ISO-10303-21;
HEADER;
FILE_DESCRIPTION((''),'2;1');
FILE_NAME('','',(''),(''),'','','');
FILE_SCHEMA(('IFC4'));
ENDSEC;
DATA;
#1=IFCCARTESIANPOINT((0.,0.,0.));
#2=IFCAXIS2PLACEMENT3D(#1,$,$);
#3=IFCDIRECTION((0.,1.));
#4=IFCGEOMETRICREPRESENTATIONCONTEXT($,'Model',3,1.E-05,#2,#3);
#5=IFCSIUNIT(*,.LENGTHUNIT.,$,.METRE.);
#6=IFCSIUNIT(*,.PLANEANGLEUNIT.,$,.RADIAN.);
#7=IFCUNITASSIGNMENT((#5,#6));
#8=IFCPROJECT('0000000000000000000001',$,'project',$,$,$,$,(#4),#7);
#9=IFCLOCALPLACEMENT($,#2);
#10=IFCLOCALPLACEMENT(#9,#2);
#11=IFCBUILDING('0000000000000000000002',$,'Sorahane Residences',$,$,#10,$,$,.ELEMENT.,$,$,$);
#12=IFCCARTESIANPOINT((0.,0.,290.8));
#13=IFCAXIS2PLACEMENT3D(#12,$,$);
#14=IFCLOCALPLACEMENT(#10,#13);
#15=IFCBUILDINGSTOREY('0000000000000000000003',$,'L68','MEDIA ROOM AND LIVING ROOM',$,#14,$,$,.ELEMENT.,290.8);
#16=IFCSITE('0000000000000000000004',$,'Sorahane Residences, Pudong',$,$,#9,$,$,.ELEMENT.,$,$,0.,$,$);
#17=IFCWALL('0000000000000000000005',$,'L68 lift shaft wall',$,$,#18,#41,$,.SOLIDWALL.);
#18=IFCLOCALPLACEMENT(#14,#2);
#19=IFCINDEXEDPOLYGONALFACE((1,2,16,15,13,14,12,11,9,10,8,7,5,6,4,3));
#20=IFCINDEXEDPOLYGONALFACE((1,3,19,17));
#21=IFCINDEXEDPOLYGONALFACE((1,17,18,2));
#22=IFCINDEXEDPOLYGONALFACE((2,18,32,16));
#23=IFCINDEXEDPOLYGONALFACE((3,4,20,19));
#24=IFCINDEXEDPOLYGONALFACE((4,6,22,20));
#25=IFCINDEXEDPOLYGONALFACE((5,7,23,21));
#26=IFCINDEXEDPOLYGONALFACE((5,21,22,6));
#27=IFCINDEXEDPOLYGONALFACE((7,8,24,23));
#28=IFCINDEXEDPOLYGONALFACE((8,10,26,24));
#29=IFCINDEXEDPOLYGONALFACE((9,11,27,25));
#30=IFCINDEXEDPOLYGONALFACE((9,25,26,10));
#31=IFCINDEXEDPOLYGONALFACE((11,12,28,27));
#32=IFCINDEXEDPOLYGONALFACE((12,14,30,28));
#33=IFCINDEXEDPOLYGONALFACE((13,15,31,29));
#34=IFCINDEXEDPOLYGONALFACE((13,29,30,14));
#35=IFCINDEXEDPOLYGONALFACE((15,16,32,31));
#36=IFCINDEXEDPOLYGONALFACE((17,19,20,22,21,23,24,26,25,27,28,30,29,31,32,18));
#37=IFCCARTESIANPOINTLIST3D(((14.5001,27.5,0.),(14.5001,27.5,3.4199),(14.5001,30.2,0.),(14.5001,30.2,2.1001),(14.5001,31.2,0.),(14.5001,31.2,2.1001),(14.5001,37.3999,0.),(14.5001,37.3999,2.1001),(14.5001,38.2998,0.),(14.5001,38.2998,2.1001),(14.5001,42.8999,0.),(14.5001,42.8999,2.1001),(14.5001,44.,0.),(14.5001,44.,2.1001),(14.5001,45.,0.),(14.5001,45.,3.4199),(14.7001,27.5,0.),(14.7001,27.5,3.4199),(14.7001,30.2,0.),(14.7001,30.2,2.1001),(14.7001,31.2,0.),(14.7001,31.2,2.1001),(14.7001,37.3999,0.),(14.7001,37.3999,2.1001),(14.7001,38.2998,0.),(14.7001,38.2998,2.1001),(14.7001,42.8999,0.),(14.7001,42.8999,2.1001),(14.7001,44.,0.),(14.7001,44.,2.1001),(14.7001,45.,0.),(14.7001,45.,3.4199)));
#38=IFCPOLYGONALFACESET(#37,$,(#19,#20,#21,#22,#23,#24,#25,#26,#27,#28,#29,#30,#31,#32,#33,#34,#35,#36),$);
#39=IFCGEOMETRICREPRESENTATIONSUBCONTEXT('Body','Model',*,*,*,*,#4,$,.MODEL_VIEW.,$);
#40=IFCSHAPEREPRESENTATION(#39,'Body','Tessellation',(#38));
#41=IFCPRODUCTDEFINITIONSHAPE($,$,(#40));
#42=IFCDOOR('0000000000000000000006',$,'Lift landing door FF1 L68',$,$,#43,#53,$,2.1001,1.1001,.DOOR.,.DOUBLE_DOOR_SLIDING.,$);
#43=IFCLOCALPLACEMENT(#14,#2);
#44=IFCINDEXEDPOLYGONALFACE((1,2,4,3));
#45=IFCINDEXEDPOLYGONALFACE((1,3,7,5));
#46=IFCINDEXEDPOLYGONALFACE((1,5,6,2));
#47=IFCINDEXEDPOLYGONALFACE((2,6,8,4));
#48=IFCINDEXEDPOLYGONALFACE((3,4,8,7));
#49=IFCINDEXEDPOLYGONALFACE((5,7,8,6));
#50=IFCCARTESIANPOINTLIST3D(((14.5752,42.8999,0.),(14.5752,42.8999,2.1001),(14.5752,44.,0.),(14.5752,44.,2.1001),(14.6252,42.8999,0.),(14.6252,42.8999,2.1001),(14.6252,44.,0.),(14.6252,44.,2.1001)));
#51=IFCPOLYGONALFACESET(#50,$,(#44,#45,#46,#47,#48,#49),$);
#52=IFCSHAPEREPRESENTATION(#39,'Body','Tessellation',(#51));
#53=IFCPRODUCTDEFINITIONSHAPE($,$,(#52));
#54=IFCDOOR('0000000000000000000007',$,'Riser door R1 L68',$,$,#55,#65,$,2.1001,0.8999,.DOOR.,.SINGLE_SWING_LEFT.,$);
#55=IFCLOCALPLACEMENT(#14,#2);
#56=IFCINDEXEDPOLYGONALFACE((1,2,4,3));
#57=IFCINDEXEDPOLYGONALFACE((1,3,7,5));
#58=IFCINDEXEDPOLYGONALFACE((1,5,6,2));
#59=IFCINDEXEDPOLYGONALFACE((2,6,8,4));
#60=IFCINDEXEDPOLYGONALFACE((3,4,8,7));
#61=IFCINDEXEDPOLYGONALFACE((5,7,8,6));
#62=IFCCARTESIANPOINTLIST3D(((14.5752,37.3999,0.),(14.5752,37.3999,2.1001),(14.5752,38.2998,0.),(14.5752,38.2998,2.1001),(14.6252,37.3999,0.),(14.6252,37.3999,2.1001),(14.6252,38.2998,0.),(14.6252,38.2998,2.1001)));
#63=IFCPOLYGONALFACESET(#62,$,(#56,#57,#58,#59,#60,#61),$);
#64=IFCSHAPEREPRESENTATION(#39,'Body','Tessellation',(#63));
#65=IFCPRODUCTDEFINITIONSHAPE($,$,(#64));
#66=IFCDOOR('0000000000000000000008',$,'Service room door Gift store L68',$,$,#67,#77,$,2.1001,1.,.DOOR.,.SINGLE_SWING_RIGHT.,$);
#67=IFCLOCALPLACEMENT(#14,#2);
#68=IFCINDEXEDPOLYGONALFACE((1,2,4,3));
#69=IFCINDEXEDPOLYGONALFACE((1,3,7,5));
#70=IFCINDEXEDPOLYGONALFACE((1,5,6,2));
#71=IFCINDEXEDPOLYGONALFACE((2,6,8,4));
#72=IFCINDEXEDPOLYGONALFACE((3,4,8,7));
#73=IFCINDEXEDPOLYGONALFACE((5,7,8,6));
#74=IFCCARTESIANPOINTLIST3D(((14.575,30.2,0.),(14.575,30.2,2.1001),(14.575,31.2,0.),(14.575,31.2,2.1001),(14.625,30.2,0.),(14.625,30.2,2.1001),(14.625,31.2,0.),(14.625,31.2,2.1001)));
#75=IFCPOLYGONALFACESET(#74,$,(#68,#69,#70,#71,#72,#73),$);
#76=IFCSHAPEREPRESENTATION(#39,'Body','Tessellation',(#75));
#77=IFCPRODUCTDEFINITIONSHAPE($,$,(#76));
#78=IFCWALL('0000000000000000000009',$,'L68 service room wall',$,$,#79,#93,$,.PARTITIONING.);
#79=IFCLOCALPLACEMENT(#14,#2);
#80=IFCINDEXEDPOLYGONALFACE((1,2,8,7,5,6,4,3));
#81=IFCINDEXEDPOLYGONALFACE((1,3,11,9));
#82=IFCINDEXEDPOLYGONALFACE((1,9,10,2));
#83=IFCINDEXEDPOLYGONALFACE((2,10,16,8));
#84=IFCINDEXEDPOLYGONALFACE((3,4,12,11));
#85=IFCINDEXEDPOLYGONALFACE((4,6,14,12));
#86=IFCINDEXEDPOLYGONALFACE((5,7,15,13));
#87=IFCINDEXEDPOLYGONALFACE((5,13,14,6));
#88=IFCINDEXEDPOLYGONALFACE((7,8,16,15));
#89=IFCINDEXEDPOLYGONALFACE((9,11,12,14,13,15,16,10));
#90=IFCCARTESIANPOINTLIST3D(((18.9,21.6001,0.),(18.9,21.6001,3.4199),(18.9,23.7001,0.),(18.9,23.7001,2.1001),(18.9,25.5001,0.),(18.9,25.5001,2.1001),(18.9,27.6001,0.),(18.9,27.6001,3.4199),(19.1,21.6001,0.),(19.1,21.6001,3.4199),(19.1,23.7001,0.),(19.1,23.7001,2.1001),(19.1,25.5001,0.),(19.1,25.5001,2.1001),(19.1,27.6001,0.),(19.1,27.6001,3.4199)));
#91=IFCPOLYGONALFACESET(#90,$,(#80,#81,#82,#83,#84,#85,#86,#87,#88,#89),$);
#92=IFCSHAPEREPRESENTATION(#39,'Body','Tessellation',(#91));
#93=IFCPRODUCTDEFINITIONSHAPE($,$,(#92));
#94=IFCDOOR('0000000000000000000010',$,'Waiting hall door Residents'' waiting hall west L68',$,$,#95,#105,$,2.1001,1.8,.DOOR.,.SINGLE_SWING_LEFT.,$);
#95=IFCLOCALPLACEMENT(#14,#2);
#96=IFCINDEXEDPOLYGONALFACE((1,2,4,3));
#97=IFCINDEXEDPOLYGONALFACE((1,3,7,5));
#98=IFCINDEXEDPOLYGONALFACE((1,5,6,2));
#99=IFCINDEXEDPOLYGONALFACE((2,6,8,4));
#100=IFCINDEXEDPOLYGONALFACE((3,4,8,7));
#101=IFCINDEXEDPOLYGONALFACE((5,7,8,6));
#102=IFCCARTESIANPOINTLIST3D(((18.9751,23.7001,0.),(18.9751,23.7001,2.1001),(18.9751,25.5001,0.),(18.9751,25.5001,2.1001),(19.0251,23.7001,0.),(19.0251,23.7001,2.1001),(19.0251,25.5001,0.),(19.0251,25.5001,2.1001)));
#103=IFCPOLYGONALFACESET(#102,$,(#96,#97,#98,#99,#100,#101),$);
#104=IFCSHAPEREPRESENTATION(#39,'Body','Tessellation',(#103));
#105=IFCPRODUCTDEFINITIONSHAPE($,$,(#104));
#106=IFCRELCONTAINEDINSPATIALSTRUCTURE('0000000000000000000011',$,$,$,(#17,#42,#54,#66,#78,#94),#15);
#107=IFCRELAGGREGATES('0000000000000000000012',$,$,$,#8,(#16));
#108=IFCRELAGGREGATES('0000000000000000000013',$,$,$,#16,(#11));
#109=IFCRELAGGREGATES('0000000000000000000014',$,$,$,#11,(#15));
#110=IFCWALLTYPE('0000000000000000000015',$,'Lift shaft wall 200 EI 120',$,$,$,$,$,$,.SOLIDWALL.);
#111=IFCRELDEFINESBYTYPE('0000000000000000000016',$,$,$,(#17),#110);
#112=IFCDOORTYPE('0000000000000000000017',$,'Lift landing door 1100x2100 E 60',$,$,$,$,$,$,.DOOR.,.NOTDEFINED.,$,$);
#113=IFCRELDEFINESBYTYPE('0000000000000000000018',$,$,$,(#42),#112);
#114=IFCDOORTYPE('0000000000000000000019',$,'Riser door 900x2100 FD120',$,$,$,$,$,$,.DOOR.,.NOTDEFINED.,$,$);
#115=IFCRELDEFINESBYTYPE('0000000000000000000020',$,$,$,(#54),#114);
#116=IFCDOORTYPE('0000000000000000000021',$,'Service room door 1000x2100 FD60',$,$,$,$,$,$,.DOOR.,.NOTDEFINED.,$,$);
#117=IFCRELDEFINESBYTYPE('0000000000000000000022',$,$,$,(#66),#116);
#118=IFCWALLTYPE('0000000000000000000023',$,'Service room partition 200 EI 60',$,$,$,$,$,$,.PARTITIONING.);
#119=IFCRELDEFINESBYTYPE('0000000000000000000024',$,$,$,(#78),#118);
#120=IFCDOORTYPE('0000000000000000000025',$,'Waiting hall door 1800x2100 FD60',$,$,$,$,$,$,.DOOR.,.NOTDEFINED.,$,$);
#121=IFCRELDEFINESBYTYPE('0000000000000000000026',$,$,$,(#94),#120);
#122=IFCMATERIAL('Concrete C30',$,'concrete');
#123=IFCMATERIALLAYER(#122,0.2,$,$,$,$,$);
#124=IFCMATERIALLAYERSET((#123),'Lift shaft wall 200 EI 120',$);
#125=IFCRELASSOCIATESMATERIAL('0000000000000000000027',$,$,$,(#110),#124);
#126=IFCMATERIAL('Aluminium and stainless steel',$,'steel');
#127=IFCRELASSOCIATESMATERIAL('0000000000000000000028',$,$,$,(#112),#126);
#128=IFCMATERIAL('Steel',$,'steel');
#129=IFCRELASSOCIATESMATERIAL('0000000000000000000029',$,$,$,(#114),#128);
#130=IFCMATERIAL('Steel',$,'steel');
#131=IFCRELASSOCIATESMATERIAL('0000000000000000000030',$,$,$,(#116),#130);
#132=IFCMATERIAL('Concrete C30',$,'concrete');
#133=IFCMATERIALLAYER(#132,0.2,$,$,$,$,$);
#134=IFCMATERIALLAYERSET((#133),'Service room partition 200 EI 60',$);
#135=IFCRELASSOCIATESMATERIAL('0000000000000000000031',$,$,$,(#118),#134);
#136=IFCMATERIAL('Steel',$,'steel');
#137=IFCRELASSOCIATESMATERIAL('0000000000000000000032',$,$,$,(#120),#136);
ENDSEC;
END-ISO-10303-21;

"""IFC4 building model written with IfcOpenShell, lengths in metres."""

from ifc_helpers import new_model, si_unit, direction, frame, frame_2d, origin, place, context, subcontext, project, spatial, rectangle, extrude, material, layer, layer_set, type_object, element, fill, save


model = new_model("IFC4")

# Units and contexts
model_context = context("Model", 3, precision=1e-05, world=origin(), true_north=direction((0.0, 1.0)))
body_context = subcontext(model_context, "Body", "Model", "MODEL_VIEW")
ifc_project = project(units=[si_unit("LENGTHUNIT", "METRE"), si_unit("PLANEANGLEUNIT", "RADIAN")], contexts=[model_context])

# Site, building, storey
site_placement = place(None, origin())
site = spatial("IfcSite", under=ifc_project, at=site_placement, Name="Sorahane Residences, Pudong", CompositionType="ELEMENT", RefElevation=0.0)
building_placement = place(site_placement, origin())
building = spatial("IfcBuilding", under=site, at=building_placement, Name="Sorahane Residences", CompositionType="ELEMENT")
storey_placement = place(building_placement, frame((0.0, 0.0, 290.8)))
storey = spatial("IfcBuildingStorey", under=building, at=storey_placement, Name="L68", Description="MEDIA ROOM AND LIVING ROOM", CompositionType="ELEMENT", Elevation=290.8)

# Wall, openings, doors
ifc_material_1 = material(Name="Concrete C30", Category="concrete")
ifc_layer_1 = layer(ifc_material_1, 0.2)
ifc_layer_set_1 = layer_set([ifc_layer_1], Name="Lift shaft wall 200 EI 120")
wall_type_1 = type_object("IfcWallType", Name="Lift shaft wall 200 EI 120", PredefinedType="SOLIDWALL", material=ifc_layer_set_1)
wall_1_placement = place(storey_placement, frame((14.6001, 27.5, 0.0), z_axis=(0.0, 0.0, 1.0), x_axis=(0.0, 1.0, 0.0)))
wall_1 = element("IfcWall", 1, at=wall_1_placement, inside=storey, type_object=wall_type_1, Name="L68 lift shaft wall", PredefinedType="SOLIDWALL", context=body_context, shape_type="SweptSolid", body=[
    extrude(rectangle(XDim=17.5, YDim=0.2, at=frame_2d((8.75, 0.0))), origin(), (0.0, 0.0, 1.0), 3.4199),
])
opening_1_placement = place(wall_1_placement, frame((15.3999, 0.0, 0.0)))
opening_1 = element("IfcOpeningElement", 2, at=opening_1_placement, cuts=wall_1, PredefinedType="OPENING", context=body_context, shape_type="SweptSolid", body=[
    extrude(rectangle(XDim=1.1001, YDim=2.1001, at=frame_2d((0.55, 1.05))), frame((0.0, 0.1099, 0.0), z_axis=(0.0, -1.0, 0.0), x_axis=(1.0, 0.0, 0.0)), (0.0, 0.0, 1.0), 0.22),
])
opening_2_placement = place(wall_1_placement, frame((2.7, 0.0, 0.0)))
opening_2 = element("IfcOpeningElement", 3, at=opening_2_placement, cuts=wall_1, PredefinedType="OPENING", context=body_context, shape_type="SweptSolid", body=[
    extrude(rectangle(XDim=1.0, YDim=2.1001, at=frame_2d((0.5, 1.05))), frame((0.0, 0.1099, 0.0), z_axis=(0.0, -1.0, 0.0), x_axis=(1.0, 0.0, 0.0)), (0.0, 0.0, 1.0), 0.22),
])
opening_3_placement = place(wall_1_placement, frame((9.8999, 0.0, 0.0)))
opening_3 = element("IfcOpeningElement", 4, at=opening_3_placement, cuts=wall_1, PredefinedType="OPENING", context=body_context, shape_type="SweptSolid", body=[
    extrude(rectangle(XDim=0.8999, YDim=2.1001, at=frame_2d((0.45, 1.05))), frame((0.0, 0.1099, 0.0), z_axis=(0.0, -1.0, 0.0), x_axis=(1.0, 0.0, 0.0)), (0.0, 0.0, 1.0), 0.22),
])
ifc_material_2 = material(Name="Aluminium and stainless steel", Category="steel")
door_type_1 = type_object("IfcDoorType", Name="Lift landing door 1100x2100 E 60", OperationType="NOTDEFINED", PredefinedType="DOOR", material=ifc_material_2)
door_1_placement = place(opening_1_placement, origin())
door_1 = element("IfcDoor", 5, at=door_1_placement, inside=storey, type_object=door_type_1, Name="Lift landing door FF1 L68", OperationType="DOUBLE_DOOR_SLIDING", OverallHeight=2.1001, OverallWidth=1.1001, PredefinedType="DOOR", context=body_context, shape_type="SweptSolid", body=[
    extrude(rectangle(XDim=1.1001, YDim=2.1001, at=frame_2d((0.55, 1.05))), frame((0.0, 0.0249, 0.0), z_axis=(0.0, -1.0, 0.0), x_axis=(1.0, 0.0, 0.0)), (0.0, 0.0, 1.0), 0.05),
])
fill(opening_1, door_1)
ifc_material_3 = material(Name="Steel", Category="steel")
door_type_2 = type_object("IfcDoorType", Name="Riser door 900x2100 FD120", OperationType="NOTDEFINED", PredefinedType="DOOR", material=ifc_material_3)
door_2_placement = place(opening_3_placement, origin())
door_2 = element("IfcDoor", 6, at=door_2_placement, inside=storey, type_object=door_type_2, Name="Riser door R1 L68", OperationType="SINGLE_SWING_LEFT", OverallHeight=2.1001, OverallWidth=0.8999, PredefinedType="DOOR", context=body_context, shape_type="SweptSolid", body=[
    extrude(rectangle(XDim=0.8999, YDim=2.1001, at=frame_2d((0.45, 1.05))), frame((0.0, 0.0249, 0.0), z_axis=(0.0, -1.0, 0.0), x_axis=(1.0, 0.0, 0.0)), (0.0, 0.0, 1.0), 0.05),
])
fill(opening_3, door_2)
ifc_material_4 = material(Name="Steel", Category="steel")
door_type_3 = type_object("IfcDoorType", Name="Service room door 1000x2100 FD60", OperationType="NOTDEFINED", PredefinedType="DOOR", material=ifc_material_4)
door_3_placement = place(opening_2_placement, frame((1.0, 0.0, 0.0), z_axis=(0.0, 0.0, 1.0), x_axis=(-1.0, 0.0, 0.0)))
door_3 = element("IfcDoor", 7, at=door_3_placement, inside=storey, type_object=door_type_3, Name="Service room door Gift store L68", OperationType="SINGLE_SWING_RIGHT", OverallHeight=2.1001, OverallWidth=1.0, PredefinedType="DOOR", context=body_context, shape_type="SweptSolid", body=[
    extrude(rectangle(XDim=1.0, YDim=2.1001, at=frame_2d((0.5, 1.05))), frame((0.0, 0.0249, 0.0), z_axis=(0.0, -1.0, 0.0), x_axis=(1.0, 0.0, 0.0)), (0.0, 0.0, 1.0), 0.05),
])
fill(opening_2, door_3)

# Wall, opening, door
ifc_material_5 = material(Name="Concrete C30", Category="concrete")
ifc_layer_2 = layer(ifc_material_5, 0.2)
ifc_layer_set_2 = layer_set([ifc_layer_2], Name="Service room partition 200 EI 60")
wall_type_2 = type_object("IfcWallType", Name="Service room partition 200 EI 60", PredefinedType="PARTITIONING", material=ifc_layer_set_2)
wall_2_placement = place(storey_placement, frame((19.0, 21.6001, 0.0), z_axis=(0.0, 0.0, 1.0), x_axis=(0.0, 1.0, 0.0)))
wall_2 = element("IfcWall", 8, at=wall_2_placement, inside=storey, type_object=wall_type_2, Name="L68 service room wall", PredefinedType="PARTITIONING", context=body_context, shape_type="SweptSolid", body=[
    extrude(rectangle(XDim=6.0, YDim=0.2, at=frame_2d((3.0, 0.0))), origin(), (0.0, 0.0, 1.0), 3.4199),
])
opening_4_placement = place(wall_2_placement, frame((2.1001, 0.0, 0.0)))
opening_4 = element("IfcOpeningElement", 9, at=opening_4_placement, cuts=wall_2, PredefinedType="OPENING", context=body_context, shape_type="SweptSolid", body=[
    extrude(rectangle(XDim=1.8, YDim=2.1001, at=frame_2d((0.8999, 1.05))), frame((0.0, 0.1099, 0.0), z_axis=(0.0, -1.0, 0.0), x_axis=(1.0, 0.0, 0.0)), (0.0, 0.0, 1.0), 0.22),
])
ifc_material_6 = material(Name="Steel", Category="steel")
door_type_4 = type_object("IfcDoorType", Name="Waiting hall door 1800x2100 FD60", OperationType="NOTDEFINED", PredefinedType="DOOR", material=ifc_material_6)
door_4_placement = place(opening_4_placement, origin())
door_4 = element("IfcDoor", 10, at=door_4_placement, inside=storey, type_object=door_type_4, Name="Waiting hall door Residents' waiting hall west L68", OperationType="SINGLE_SWING_LEFT", OverallHeight=2.1001, OverallWidth=1.8, PredefinedType="DOOR", context=body_context, shape_type="SweptSolid", body=[
    extrude(rectangle(XDim=1.8, YDim=2.1001, at=frame_2d((0.8999, 1.05))), frame((0.0, 0.0249, 0.0), z_axis=(0.0, -1.0, 0.0), x_axis=(1.0, 0.0, 0.0)), (0.0, 0.0, 1.0), 0.05),
])
fill(opening_4, door_4)

save(model, "model.ifc")
